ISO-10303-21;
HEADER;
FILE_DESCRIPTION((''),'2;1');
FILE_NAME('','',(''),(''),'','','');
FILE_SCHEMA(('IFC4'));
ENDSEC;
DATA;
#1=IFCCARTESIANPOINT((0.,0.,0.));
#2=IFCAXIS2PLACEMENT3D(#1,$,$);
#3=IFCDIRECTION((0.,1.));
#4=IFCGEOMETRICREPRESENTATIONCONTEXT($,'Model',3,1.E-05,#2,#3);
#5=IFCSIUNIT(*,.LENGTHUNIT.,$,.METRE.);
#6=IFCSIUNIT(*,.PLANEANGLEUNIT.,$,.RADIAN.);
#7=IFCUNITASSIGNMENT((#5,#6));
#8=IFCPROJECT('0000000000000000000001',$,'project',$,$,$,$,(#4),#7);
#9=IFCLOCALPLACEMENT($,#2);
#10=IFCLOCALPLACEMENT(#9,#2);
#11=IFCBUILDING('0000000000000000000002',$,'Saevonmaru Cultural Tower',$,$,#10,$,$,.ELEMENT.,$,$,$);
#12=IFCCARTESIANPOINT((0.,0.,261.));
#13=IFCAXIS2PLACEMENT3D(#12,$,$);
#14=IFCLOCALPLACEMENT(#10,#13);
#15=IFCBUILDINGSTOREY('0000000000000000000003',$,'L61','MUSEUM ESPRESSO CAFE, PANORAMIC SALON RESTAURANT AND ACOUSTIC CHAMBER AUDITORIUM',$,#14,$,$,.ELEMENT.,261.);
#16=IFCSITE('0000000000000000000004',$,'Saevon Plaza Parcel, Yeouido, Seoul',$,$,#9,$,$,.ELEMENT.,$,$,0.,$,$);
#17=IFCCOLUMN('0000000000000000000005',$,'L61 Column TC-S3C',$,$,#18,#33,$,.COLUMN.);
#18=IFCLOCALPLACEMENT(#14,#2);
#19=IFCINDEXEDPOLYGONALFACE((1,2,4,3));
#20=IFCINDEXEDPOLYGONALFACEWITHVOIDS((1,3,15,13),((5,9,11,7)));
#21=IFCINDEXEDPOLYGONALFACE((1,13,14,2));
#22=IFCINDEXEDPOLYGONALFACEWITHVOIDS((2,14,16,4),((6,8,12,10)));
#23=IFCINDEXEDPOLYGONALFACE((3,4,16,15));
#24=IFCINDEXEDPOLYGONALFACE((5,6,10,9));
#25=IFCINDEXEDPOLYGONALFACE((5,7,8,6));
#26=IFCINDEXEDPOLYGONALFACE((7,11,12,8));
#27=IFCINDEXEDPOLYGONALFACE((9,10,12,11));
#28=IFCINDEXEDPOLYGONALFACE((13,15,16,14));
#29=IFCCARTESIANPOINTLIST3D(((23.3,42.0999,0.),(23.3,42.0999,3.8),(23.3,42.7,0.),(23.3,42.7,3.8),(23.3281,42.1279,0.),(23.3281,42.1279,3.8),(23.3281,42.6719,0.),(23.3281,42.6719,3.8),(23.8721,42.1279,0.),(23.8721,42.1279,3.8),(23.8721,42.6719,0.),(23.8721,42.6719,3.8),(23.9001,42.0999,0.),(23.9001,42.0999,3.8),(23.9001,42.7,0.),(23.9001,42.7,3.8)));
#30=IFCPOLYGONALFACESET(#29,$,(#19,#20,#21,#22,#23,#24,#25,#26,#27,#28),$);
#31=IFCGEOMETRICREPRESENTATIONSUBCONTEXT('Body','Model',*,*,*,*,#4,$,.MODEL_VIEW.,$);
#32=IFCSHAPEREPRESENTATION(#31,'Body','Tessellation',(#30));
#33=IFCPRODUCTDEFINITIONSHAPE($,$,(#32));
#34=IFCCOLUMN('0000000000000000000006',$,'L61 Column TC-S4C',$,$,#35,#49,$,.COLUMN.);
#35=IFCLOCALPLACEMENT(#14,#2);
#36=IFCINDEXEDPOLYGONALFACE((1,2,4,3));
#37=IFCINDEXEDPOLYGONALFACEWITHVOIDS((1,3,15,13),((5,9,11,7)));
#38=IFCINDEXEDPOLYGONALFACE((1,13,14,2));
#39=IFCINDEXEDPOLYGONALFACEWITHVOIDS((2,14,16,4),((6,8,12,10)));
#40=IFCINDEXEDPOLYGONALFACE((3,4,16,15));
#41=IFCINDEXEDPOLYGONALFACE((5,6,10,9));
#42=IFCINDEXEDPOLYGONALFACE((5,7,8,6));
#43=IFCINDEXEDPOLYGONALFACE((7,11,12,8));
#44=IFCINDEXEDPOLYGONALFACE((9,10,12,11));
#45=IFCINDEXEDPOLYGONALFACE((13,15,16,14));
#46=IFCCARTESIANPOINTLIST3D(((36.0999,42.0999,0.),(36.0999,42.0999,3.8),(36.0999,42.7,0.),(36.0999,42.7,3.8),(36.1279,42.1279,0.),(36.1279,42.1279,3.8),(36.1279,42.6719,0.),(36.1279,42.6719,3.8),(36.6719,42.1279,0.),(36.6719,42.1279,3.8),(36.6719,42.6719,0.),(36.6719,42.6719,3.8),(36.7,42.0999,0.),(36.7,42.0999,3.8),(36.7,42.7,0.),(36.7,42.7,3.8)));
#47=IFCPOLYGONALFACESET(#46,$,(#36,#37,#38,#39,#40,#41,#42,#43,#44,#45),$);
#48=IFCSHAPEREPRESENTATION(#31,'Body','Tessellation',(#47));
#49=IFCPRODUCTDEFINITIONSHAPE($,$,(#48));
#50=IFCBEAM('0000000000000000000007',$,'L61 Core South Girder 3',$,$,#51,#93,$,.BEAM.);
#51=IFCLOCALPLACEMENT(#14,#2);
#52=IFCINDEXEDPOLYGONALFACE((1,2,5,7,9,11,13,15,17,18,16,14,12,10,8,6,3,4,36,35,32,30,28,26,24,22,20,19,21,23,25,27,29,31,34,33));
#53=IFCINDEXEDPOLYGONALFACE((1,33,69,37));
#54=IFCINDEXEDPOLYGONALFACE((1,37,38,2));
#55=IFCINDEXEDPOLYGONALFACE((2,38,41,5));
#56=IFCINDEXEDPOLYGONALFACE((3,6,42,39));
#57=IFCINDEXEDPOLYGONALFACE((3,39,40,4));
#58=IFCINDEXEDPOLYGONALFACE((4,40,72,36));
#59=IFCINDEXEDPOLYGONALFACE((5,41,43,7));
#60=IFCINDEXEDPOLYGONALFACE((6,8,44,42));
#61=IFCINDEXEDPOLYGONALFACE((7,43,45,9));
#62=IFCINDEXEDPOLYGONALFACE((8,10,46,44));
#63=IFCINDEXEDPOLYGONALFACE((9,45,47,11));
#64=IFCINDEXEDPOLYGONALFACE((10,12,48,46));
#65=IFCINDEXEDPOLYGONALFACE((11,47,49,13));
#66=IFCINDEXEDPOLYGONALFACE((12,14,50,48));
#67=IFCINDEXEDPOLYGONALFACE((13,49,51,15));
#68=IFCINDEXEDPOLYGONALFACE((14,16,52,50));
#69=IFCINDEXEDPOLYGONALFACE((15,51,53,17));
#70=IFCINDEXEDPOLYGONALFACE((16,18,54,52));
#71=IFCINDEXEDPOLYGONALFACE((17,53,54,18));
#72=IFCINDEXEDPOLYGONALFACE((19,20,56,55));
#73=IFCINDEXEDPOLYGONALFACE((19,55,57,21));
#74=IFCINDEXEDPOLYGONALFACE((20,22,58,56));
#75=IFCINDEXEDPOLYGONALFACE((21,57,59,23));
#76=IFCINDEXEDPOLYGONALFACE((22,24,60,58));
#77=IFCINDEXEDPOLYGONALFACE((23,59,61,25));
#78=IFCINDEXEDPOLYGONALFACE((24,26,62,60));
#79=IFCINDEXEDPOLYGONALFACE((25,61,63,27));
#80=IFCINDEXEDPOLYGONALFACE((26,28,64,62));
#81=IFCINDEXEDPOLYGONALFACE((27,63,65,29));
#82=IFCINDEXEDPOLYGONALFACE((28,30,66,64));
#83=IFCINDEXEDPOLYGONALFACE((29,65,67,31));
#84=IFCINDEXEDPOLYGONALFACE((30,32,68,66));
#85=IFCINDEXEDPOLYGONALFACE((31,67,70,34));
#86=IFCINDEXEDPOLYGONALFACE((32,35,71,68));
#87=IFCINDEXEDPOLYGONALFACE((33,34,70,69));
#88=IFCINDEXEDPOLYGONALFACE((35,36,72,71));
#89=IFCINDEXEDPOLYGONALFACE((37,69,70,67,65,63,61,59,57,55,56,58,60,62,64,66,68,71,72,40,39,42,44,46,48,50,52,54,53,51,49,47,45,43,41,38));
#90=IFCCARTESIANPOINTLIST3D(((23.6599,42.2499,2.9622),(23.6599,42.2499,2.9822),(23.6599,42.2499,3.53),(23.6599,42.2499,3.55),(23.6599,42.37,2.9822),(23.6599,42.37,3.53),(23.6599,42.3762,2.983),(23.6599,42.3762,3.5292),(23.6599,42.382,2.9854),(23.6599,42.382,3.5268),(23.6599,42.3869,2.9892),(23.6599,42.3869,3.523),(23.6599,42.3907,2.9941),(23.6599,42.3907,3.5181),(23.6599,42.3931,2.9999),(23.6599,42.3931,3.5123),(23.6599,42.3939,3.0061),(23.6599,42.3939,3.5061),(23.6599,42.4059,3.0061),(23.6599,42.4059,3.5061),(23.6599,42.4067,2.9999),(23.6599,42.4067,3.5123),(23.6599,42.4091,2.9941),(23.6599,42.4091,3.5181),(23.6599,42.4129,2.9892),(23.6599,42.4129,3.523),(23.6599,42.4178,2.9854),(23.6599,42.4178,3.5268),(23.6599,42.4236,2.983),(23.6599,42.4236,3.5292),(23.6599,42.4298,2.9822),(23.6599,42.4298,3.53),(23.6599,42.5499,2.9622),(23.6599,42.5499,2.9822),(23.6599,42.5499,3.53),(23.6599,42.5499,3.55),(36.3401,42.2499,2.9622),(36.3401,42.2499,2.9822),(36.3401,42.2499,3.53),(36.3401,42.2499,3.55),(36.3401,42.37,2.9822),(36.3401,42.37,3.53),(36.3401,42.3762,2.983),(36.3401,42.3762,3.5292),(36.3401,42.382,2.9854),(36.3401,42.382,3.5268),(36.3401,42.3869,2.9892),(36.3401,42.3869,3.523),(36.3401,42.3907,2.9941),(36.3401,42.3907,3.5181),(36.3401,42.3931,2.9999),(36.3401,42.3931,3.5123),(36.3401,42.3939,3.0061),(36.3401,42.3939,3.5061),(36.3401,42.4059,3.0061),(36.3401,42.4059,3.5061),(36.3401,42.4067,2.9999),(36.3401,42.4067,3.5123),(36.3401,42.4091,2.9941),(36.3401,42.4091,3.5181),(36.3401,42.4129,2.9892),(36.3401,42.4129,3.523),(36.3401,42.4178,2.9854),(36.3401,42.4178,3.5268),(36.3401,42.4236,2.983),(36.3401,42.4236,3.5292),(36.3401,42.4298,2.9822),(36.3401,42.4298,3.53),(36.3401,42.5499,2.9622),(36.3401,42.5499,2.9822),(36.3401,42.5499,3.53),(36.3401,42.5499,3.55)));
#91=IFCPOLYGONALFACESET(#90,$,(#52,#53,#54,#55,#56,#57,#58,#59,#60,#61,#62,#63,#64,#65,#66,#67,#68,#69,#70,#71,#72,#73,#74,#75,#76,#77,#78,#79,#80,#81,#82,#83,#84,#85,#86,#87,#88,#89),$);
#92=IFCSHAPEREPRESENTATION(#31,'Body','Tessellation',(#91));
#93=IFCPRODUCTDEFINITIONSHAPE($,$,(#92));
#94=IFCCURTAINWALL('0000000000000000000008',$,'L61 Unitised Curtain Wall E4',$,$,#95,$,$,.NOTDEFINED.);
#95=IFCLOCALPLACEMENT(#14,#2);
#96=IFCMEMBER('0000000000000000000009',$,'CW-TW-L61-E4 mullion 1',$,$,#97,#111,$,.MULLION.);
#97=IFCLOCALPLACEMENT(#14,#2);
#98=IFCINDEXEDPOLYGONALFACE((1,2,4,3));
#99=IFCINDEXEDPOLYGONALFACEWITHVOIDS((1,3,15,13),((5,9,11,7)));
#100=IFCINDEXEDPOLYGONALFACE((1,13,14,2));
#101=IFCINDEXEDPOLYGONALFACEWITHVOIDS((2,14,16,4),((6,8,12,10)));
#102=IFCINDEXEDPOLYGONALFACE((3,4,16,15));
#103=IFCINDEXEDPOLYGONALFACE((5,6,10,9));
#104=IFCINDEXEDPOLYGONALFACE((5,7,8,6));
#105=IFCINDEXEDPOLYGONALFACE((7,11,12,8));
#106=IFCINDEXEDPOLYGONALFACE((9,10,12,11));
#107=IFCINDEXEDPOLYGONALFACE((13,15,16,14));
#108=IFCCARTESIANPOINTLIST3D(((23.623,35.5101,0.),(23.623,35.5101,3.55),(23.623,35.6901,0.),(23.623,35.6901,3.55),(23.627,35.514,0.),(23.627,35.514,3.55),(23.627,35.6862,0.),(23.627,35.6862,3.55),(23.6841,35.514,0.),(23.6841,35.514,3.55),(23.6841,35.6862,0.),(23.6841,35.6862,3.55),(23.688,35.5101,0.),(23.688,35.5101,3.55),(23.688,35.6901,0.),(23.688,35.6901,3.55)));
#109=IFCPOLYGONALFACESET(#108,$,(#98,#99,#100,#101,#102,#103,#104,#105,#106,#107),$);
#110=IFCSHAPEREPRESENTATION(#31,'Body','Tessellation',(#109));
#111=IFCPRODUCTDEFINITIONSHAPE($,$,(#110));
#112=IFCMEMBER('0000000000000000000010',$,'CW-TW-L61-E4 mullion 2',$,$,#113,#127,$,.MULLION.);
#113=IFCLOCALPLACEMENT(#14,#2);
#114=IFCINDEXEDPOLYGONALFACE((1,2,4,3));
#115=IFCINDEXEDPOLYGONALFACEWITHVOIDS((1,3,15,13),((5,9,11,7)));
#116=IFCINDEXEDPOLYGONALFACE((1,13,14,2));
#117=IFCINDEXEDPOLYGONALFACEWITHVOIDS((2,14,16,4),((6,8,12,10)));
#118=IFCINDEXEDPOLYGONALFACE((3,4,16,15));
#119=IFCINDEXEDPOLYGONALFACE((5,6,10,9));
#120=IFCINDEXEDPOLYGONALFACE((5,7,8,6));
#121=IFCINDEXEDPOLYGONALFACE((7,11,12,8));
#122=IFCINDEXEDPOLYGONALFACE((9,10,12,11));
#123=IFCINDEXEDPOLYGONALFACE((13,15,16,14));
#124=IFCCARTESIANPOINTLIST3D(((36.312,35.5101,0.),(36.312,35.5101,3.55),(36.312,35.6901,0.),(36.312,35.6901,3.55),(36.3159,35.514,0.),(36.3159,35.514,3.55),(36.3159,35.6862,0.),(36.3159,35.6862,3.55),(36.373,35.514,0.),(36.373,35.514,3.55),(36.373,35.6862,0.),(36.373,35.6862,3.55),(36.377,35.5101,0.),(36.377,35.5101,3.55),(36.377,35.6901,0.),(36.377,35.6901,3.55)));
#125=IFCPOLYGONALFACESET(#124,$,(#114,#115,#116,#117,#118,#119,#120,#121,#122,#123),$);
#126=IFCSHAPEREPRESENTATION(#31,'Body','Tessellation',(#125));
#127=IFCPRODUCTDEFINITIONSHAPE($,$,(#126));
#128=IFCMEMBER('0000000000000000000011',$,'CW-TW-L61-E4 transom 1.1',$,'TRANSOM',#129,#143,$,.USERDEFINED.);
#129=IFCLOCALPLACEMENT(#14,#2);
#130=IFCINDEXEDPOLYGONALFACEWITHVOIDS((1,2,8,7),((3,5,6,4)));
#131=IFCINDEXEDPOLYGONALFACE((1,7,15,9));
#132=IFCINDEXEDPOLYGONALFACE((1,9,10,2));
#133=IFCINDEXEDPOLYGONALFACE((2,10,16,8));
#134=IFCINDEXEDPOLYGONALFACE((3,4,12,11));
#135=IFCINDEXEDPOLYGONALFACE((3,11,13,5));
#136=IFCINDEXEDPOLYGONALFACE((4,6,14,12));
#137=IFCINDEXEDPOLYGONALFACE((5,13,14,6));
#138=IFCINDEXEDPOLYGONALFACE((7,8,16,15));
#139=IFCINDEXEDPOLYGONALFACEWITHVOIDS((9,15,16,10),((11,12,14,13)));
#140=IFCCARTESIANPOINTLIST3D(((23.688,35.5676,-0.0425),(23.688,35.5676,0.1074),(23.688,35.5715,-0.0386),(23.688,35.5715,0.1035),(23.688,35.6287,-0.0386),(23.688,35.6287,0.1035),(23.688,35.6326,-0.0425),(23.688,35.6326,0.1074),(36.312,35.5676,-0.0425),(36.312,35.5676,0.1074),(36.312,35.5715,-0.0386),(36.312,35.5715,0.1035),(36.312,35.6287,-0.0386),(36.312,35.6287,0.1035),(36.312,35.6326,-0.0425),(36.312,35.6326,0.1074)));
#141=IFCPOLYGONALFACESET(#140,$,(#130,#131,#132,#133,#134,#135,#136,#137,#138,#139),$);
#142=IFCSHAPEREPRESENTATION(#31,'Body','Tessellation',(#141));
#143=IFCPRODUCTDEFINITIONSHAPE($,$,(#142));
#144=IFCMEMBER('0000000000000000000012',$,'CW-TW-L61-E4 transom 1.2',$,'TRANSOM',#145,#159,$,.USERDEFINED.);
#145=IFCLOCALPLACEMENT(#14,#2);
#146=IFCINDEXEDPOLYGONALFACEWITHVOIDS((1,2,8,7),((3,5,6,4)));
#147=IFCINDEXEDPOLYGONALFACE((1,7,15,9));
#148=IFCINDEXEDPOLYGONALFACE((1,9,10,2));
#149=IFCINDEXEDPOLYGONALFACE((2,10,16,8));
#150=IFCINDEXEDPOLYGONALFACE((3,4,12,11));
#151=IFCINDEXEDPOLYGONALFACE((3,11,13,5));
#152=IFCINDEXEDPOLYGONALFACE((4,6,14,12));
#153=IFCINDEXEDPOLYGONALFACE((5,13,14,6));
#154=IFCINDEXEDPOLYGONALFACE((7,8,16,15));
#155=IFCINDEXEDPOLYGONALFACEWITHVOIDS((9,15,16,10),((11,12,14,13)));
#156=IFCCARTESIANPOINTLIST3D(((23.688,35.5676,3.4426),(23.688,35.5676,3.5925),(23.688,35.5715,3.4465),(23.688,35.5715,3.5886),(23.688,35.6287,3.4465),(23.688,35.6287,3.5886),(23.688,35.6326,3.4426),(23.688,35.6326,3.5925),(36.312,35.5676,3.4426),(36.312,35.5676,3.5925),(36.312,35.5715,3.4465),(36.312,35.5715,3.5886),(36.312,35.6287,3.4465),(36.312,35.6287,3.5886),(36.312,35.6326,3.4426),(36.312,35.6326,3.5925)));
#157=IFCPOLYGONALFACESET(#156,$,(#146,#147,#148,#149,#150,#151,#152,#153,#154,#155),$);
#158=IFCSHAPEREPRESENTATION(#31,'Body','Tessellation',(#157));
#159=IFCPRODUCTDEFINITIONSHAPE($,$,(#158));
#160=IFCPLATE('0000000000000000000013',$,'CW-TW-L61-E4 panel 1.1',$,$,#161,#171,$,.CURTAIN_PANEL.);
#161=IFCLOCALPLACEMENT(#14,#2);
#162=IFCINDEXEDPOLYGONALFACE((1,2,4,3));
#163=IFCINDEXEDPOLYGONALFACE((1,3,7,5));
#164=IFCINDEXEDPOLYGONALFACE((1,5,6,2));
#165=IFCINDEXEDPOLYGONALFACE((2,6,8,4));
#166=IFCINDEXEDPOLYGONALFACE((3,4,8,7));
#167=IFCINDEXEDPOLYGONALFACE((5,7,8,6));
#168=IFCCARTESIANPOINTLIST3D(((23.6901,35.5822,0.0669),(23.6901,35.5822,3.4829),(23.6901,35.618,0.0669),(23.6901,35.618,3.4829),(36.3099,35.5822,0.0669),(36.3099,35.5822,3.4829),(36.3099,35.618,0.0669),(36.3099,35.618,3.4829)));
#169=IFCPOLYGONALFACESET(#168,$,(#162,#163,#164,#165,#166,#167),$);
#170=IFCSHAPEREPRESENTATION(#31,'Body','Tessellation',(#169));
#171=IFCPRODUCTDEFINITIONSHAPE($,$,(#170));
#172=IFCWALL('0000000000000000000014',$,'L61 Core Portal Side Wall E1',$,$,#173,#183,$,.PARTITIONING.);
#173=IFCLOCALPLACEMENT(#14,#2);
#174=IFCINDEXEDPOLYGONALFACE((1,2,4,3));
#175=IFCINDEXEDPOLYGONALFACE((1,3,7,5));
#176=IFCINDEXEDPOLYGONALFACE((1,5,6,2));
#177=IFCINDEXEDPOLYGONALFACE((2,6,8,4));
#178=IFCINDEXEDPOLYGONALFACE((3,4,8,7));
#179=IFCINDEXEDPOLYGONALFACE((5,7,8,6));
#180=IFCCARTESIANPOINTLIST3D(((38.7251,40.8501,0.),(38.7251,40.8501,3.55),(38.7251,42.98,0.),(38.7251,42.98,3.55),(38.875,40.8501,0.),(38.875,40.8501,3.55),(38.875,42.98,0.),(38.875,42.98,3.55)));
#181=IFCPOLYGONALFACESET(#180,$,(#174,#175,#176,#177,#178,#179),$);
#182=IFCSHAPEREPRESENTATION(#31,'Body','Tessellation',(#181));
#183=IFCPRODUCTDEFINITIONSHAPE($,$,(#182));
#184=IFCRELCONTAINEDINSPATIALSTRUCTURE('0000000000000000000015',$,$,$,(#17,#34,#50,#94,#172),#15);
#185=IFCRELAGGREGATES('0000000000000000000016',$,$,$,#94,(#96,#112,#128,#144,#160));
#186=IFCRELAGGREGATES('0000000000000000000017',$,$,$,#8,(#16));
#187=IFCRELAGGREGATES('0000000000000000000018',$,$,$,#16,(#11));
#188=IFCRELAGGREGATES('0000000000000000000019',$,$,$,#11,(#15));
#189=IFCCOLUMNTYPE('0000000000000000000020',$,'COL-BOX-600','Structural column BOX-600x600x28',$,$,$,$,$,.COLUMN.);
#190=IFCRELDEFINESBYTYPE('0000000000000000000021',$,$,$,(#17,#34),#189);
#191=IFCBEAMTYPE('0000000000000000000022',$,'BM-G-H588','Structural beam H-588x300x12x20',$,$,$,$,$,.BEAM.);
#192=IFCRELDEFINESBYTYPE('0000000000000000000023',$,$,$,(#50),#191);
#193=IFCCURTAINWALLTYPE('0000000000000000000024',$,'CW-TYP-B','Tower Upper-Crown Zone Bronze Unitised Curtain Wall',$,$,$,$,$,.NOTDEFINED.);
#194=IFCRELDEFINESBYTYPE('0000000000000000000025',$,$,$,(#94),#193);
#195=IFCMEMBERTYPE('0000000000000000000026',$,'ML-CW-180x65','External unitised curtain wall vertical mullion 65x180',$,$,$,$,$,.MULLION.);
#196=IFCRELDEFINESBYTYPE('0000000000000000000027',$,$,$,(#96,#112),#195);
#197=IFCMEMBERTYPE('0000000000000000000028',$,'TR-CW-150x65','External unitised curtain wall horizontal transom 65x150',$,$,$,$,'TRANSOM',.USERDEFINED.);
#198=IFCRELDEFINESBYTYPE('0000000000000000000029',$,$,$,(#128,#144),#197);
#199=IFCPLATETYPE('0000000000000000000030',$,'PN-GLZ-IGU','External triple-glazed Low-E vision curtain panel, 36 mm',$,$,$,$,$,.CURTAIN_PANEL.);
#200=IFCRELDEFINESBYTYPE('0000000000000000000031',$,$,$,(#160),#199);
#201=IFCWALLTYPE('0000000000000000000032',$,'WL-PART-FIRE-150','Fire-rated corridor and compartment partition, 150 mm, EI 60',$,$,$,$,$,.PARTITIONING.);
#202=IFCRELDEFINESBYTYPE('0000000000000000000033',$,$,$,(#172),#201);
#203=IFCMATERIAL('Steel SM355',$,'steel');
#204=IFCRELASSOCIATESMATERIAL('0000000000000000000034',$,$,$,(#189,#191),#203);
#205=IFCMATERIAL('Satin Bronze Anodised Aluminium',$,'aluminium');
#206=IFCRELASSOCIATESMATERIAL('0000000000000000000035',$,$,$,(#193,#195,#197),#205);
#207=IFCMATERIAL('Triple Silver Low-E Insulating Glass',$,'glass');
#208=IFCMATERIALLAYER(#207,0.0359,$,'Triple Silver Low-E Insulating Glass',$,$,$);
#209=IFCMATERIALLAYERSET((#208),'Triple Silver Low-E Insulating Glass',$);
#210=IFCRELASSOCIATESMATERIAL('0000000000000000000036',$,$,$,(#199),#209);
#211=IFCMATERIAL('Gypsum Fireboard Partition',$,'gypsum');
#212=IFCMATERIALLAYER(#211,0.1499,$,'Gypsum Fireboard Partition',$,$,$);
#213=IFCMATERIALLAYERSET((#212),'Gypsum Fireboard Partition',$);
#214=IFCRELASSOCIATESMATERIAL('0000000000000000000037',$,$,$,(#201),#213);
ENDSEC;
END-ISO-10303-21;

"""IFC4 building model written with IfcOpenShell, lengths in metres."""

from ifc_helpers import new_model, si_unit, direction, frame, frame_2d, origin, origin_2d, place, context, subcontext, project, spatial, rectangle, hollow_rectangle, i_section, extrude, material, layer, layer_set, material_profile, profile_set, type_object, element, aggregate, save


model = new_model("IFC4")

# Units and contexts
model_context = context("Model", 3, precision=1e-05, world=origin(), true_north=direction((0.0, 1.0)))
body_context = subcontext(model_context, "Body", "Model", "MODEL_VIEW")
ifc_project = project(units=[si_unit("LENGTHUNIT", "METRE"), si_unit("PLANEANGLEUNIT", "RADIAN")], contexts=[model_context])

# Site, building, storey
site_placement = place(None, origin())
site = spatial("IfcSite", under=ifc_project, at=site_placement, Name="Saevon Plaza Parcel, Yeouido, Seoul", CompositionType="ELEMENT", RefElevation=0.0)
building_placement = place(site_placement, origin())
building = spatial("IfcBuilding", under=site, at=building_placement, Name="Saevonmaru Cultural Tower", CompositionType="ELEMENT")
storey_placement = place(building_placement, frame((0.0, 0.0, 261.0)))
storey = spatial("IfcBuildingStorey", under=building, at=storey_placement, Name="L61", Description="MUSEUM ESPRESSO CAFE, PANORAMIC SALON RESTAURANT AND ACOUSTIC CHAMBER AUDITORIUM", CompositionType="ELEMENT", Elevation=261.0)

# Columns
ifc_material_1 = material(Name="Steel SM355", Category="steel")
ifc_material_profile_1 = material_profile(ifc_material_1, hollow_rectangle(XDim=0.6001, YDim=0.6001, WallThickness=0.0281, at=origin_2d()), Name="BOX-600x600x28")
ifc_profile_set_1 = profile_set([ifc_material_profile_1], Name="Steel SM355")
column_type = type_object("IfcColumnType", Name="COL-BOX-600", Description="Structural column BOX-600x600x28", PredefinedType="COLUMN", material=ifc_profile_set_1)
for number, where, z_axis, x_axis, name in (
    (1, (23.6001, 42.3999, 0.0), (0.0, 0.0, 1.0), (1.0, 0.0, 0.0), "L61 Column TC-S3C"),
    (2, (36.3999, 42.3999, 0.0), (0.0, 0.0, 1.0), (1.0, 0.0, 0.0), "L61 Column TC-S4C"),
):
    element("IfcColumn", number, at=place(storey_placement, frame(where, z_axis=z_axis, x_axis=x_axis)), inside=storey, type_object=column_type, Name=name, PredefinedType="COLUMN", context=body_context, shape_type="SweptSolid", body=[
        extrude(hollow_rectangle(XDim=0.6001, YDim=0.6001, WallThickness=0.0281, at=origin_2d()), origin(), (0.0, 0.0, 1.0), 3.8),
    ])

# Beam
ifc_material_profile_2 = material_profile(ifc_material_1, i_section(OverallWidth=0.3, OverallDepth=0.5879, WebThickness=0.012, FlangeThickness=0.02, FilletRadius=0.0239, at=origin_2d()), Name="H-588x300x12x20")
ifc_profile_set_2 = profile_set([ifc_material_profile_2], Name="Steel SM355")
beam_type = type_object("IfcBeamType", Name="BM-G-H588", Description="Structural beam H-588x300x12x20", PredefinedType="BEAM", material=ifc_profile_set_2)
beam_placement = place(storey_placement, frame((23.6599, 42.3999, 3.2561), z_axis=(1.0, 0.0, 0.0), x_axis=(0.0, 1.0, 0.0)))
element("IfcBeam", 3, at=beam_placement, inside=storey, type_object=beam_type, Name="L61 Core South Girder 3", PredefinedType="BEAM", context=body_context, shape_type="SweptSolid", body=[
    extrude(i_section(OverallWidth=0.3, OverallDepth=0.5879, WebThickness=0.012, FlangeThickness=0.02, FilletRadius=0.0239, at=origin_2d()), origin(), (0.0, 0.0, 1.0), 12.6802),
])

# Curtain wall, members, plate
ifc_material_2 = material(Name="Satin Bronze Anodised Aluminium", Category="aluminium")
curtain_wall_type = type_object("IfcCurtainWallType", Name="CW-TYP-B", Description="Tower Upper-Crown Zone Bronze Unitised Curtain Wall", PredefinedType="NOTDEFINED", material=ifc_material_2)
curtain_wall_placement = place(storey_placement, origin())
curtain_wall = element("IfcCurtainWall", 4, at=curtain_wall_placement, inside=storey, type_object=curtain_wall_type, Name="L61 Unitised Curtain Wall E4", PredefinedType="NOTDEFINED")
ifc_material_profile_3 = material_profile(ifc_material_2, hollow_rectangle(XDim=0.0649, YDim=0.1799, WallThickness=0.0039, at=origin_2d()), Name="ALU-MULL-180x65x4")
ifc_profile_set_3 = profile_set([ifc_material_profile_3], Name="Satin Bronze Anodised Aluminium")
member_type_1 = type_object("IfcMemberType", Name="ML-CW-180x65", Description="External unitised curtain wall vertical mullion 65x180", PredefinedType="MULLION", material=ifc_profile_set_3)
member_1_placement = place(storey_placement, frame((23.6555, 35.6001, 0.0), z_axis=(0.0, 0.0, 1.0), x_axis=(1.0, 0.0, 0.0)))
member_1 = element("IfcMember", 5, at=member_1_placement, type_object=member_type_1, Name="CW-TW-L61-E4 mullion 1", PredefinedType="MULLION", context=body_context, shape_type="SweptSolid", body=[
    extrude(hollow_rectangle(XDim=0.0649, YDim=0.1799, WallThickness=0.0039, at=origin_2d()), origin(), (0.0, 0.0, 1.0), 3.55),
])
member_2_placement = place(storey_placement, frame((36.3445, 35.6001, 0.0), z_axis=(0.0, 0.0, 1.0), x_axis=(1.0, 0.0, 0.0)))
member_2 = element("IfcMember", 6, at=member_2_placement, type_object=member_type_1, Name="CW-TW-L61-E4 mullion 2", PredefinedType="MULLION", context=body_context, shape_type="SweptSolid", body=[
    extrude(hollow_rectangle(XDim=0.0649, YDim=0.1799, WallThickness=0.0039, at=origin_2d()), origin(), (0.0, 0.0, 1.0), 3.55),
])
ifc_material_profile_4 = material_profile(ifc_material_2, hollow_rectangle(XDim=0.0649, YDim=0.1499, WallThickness=0.0039, at=origin_2d()), Name="ALU-TRAN-150x65x4")
ifc_profile_set_4 = profile_set([ifc_material_profile_4], Name="Satin Bronze Anodised Aluminium")
member_type_2 = type_object("IfcMemberType", Name="TR-CW-150x65", Description="External unitised curtain wall horizontal transom 65x150", ElementType="TRANSOM", PredefinedType="USERDEFINED", material=ifc_profile_set_4)
member_3_placement = place(storey_placement, frame((23.688, 35.6001, 0.0325), z_axis=(1.0, 0.0, 0.0), x_axis=(0.0, 1.0, 0.0)))
member_3 = element("IfcMember", 7, at=member_3_placement, type_object=member_type_2, Name="CW-TW-L61-E4 transom 1.1", ObjectType="TRANSOM", PredefinedType="USERDEFINED", context=body_context, shape_type="SweptSolid", body=[
    extrude(hollow_rectangle(XDim=0.0649, YDim=0.1499, WallThickness=0.0039, at=origin_2d()), origin(), (0.0, 0.0, 1.0), 12.624),
])
member_4_placement = place(storey_placement, frame((23.688, 35.6001, 3.5176), z_axis=(1.0, 0.0, 0.0), x_axis=(0.0, 1.0, 0.0)))
member_4 = element("IfcMember", 8, at=member_4_placement, type_object=member_type_2, Name="CW-TW-L61-E4 transom 1.2", ObjectType="TRANSOM", PredefinedType="USERDEFINED", context=body_context, shape_type="SweptSolid", body=[
    extrude(hollow_rectangle(XDim=0.0649, YDim=0.1499, WallThickness=0.0039, at=origin_2d()), origin(), (0.0, 0.0, 1.0), 12.624),
])
ifc_material_3 = material(Name="Triple Silver Low-E Insulating Glass", Category="glass")
ifc_layer_1 = layer(ifc_material_3, 0.0359, Name="Triple Silver Low-E Insulating Glass")
ifc_layer_set_1 = layer_set([ifc_layer_1], Name="Triple Silver Low-E Insulating Glass")
plate_type = type_object("IfcPlateType", Name="PN-GLZ-IGU", Description="External triple-glazed Low-E vision curtain panel, 36 mm", PredefinedType="CURTAIN_PANEL", material=ifc_layer_set_1)
plate_placement = place(storey_placement, frame((30.0, 35.6001, 0.0669), z_axis=(0.0, 0.0, 1.0), x_axis=(1.0, 0.0, 0.0)))
plate = element("IfcPlate", 9, at=plate_placement, type_object=plate_type, Name="CW-TW-L61-E4 panel 1.1", PredefinedType="CURTAIN_PANEL", context=body_context, shape_type="SweptSolid", body=[
    extrude(rectangle(XDim=12.6199, YDim=0.0359, at=origin_2d()), origin(), (0.0, 0.0, 1.0), 3.416),
])
aggregate(curtain_wall, [member_1, member_2, member_3, member_4, plate])

# Wall
ifc_material_4 = material(Name="Gypsum Fireboard Partition", Category="gypsum")
ifc_layer_2 = layer(ifc_material_4, 0.1499, Name="Gypsum Fireboard Partition")
ifc_layer_set_2 = layer_set([ifc_layer_2], Name="Gypsum Fireboard Partition")
wall_type_1 = type_object("IfcWallType", Name="WL-PART-FIRE-150", Description="Fire-rated corridor and compartment partition, 150 mm, EI 60", PredefinedType="PARTITIONING", material=ifc_layer_set_2)
wall_1_placement = place(storey_placement, frame((38.8, 40.8501, 0.0), z_axis=(0.0, 0.0, 1.0), x_axis=(0.0, 1.0, 0.0)))
element("IfcWall", 10, at=wall_1_placement, inside=storey, type_object=wall_type_1, Name="L61 Core Portal Side Wall E1", PredefinedType="PARTITIONING", context=body_context, shape_type="SweptSolid", body=[
    extrude(rectangle(XDim=2.1299, YDim=0.1499, at=frame_2d((1.0649, 0.0))), origin(), (0.0, 0.0, 1.0), 3.55),
])

save(model, "model.ifc")
